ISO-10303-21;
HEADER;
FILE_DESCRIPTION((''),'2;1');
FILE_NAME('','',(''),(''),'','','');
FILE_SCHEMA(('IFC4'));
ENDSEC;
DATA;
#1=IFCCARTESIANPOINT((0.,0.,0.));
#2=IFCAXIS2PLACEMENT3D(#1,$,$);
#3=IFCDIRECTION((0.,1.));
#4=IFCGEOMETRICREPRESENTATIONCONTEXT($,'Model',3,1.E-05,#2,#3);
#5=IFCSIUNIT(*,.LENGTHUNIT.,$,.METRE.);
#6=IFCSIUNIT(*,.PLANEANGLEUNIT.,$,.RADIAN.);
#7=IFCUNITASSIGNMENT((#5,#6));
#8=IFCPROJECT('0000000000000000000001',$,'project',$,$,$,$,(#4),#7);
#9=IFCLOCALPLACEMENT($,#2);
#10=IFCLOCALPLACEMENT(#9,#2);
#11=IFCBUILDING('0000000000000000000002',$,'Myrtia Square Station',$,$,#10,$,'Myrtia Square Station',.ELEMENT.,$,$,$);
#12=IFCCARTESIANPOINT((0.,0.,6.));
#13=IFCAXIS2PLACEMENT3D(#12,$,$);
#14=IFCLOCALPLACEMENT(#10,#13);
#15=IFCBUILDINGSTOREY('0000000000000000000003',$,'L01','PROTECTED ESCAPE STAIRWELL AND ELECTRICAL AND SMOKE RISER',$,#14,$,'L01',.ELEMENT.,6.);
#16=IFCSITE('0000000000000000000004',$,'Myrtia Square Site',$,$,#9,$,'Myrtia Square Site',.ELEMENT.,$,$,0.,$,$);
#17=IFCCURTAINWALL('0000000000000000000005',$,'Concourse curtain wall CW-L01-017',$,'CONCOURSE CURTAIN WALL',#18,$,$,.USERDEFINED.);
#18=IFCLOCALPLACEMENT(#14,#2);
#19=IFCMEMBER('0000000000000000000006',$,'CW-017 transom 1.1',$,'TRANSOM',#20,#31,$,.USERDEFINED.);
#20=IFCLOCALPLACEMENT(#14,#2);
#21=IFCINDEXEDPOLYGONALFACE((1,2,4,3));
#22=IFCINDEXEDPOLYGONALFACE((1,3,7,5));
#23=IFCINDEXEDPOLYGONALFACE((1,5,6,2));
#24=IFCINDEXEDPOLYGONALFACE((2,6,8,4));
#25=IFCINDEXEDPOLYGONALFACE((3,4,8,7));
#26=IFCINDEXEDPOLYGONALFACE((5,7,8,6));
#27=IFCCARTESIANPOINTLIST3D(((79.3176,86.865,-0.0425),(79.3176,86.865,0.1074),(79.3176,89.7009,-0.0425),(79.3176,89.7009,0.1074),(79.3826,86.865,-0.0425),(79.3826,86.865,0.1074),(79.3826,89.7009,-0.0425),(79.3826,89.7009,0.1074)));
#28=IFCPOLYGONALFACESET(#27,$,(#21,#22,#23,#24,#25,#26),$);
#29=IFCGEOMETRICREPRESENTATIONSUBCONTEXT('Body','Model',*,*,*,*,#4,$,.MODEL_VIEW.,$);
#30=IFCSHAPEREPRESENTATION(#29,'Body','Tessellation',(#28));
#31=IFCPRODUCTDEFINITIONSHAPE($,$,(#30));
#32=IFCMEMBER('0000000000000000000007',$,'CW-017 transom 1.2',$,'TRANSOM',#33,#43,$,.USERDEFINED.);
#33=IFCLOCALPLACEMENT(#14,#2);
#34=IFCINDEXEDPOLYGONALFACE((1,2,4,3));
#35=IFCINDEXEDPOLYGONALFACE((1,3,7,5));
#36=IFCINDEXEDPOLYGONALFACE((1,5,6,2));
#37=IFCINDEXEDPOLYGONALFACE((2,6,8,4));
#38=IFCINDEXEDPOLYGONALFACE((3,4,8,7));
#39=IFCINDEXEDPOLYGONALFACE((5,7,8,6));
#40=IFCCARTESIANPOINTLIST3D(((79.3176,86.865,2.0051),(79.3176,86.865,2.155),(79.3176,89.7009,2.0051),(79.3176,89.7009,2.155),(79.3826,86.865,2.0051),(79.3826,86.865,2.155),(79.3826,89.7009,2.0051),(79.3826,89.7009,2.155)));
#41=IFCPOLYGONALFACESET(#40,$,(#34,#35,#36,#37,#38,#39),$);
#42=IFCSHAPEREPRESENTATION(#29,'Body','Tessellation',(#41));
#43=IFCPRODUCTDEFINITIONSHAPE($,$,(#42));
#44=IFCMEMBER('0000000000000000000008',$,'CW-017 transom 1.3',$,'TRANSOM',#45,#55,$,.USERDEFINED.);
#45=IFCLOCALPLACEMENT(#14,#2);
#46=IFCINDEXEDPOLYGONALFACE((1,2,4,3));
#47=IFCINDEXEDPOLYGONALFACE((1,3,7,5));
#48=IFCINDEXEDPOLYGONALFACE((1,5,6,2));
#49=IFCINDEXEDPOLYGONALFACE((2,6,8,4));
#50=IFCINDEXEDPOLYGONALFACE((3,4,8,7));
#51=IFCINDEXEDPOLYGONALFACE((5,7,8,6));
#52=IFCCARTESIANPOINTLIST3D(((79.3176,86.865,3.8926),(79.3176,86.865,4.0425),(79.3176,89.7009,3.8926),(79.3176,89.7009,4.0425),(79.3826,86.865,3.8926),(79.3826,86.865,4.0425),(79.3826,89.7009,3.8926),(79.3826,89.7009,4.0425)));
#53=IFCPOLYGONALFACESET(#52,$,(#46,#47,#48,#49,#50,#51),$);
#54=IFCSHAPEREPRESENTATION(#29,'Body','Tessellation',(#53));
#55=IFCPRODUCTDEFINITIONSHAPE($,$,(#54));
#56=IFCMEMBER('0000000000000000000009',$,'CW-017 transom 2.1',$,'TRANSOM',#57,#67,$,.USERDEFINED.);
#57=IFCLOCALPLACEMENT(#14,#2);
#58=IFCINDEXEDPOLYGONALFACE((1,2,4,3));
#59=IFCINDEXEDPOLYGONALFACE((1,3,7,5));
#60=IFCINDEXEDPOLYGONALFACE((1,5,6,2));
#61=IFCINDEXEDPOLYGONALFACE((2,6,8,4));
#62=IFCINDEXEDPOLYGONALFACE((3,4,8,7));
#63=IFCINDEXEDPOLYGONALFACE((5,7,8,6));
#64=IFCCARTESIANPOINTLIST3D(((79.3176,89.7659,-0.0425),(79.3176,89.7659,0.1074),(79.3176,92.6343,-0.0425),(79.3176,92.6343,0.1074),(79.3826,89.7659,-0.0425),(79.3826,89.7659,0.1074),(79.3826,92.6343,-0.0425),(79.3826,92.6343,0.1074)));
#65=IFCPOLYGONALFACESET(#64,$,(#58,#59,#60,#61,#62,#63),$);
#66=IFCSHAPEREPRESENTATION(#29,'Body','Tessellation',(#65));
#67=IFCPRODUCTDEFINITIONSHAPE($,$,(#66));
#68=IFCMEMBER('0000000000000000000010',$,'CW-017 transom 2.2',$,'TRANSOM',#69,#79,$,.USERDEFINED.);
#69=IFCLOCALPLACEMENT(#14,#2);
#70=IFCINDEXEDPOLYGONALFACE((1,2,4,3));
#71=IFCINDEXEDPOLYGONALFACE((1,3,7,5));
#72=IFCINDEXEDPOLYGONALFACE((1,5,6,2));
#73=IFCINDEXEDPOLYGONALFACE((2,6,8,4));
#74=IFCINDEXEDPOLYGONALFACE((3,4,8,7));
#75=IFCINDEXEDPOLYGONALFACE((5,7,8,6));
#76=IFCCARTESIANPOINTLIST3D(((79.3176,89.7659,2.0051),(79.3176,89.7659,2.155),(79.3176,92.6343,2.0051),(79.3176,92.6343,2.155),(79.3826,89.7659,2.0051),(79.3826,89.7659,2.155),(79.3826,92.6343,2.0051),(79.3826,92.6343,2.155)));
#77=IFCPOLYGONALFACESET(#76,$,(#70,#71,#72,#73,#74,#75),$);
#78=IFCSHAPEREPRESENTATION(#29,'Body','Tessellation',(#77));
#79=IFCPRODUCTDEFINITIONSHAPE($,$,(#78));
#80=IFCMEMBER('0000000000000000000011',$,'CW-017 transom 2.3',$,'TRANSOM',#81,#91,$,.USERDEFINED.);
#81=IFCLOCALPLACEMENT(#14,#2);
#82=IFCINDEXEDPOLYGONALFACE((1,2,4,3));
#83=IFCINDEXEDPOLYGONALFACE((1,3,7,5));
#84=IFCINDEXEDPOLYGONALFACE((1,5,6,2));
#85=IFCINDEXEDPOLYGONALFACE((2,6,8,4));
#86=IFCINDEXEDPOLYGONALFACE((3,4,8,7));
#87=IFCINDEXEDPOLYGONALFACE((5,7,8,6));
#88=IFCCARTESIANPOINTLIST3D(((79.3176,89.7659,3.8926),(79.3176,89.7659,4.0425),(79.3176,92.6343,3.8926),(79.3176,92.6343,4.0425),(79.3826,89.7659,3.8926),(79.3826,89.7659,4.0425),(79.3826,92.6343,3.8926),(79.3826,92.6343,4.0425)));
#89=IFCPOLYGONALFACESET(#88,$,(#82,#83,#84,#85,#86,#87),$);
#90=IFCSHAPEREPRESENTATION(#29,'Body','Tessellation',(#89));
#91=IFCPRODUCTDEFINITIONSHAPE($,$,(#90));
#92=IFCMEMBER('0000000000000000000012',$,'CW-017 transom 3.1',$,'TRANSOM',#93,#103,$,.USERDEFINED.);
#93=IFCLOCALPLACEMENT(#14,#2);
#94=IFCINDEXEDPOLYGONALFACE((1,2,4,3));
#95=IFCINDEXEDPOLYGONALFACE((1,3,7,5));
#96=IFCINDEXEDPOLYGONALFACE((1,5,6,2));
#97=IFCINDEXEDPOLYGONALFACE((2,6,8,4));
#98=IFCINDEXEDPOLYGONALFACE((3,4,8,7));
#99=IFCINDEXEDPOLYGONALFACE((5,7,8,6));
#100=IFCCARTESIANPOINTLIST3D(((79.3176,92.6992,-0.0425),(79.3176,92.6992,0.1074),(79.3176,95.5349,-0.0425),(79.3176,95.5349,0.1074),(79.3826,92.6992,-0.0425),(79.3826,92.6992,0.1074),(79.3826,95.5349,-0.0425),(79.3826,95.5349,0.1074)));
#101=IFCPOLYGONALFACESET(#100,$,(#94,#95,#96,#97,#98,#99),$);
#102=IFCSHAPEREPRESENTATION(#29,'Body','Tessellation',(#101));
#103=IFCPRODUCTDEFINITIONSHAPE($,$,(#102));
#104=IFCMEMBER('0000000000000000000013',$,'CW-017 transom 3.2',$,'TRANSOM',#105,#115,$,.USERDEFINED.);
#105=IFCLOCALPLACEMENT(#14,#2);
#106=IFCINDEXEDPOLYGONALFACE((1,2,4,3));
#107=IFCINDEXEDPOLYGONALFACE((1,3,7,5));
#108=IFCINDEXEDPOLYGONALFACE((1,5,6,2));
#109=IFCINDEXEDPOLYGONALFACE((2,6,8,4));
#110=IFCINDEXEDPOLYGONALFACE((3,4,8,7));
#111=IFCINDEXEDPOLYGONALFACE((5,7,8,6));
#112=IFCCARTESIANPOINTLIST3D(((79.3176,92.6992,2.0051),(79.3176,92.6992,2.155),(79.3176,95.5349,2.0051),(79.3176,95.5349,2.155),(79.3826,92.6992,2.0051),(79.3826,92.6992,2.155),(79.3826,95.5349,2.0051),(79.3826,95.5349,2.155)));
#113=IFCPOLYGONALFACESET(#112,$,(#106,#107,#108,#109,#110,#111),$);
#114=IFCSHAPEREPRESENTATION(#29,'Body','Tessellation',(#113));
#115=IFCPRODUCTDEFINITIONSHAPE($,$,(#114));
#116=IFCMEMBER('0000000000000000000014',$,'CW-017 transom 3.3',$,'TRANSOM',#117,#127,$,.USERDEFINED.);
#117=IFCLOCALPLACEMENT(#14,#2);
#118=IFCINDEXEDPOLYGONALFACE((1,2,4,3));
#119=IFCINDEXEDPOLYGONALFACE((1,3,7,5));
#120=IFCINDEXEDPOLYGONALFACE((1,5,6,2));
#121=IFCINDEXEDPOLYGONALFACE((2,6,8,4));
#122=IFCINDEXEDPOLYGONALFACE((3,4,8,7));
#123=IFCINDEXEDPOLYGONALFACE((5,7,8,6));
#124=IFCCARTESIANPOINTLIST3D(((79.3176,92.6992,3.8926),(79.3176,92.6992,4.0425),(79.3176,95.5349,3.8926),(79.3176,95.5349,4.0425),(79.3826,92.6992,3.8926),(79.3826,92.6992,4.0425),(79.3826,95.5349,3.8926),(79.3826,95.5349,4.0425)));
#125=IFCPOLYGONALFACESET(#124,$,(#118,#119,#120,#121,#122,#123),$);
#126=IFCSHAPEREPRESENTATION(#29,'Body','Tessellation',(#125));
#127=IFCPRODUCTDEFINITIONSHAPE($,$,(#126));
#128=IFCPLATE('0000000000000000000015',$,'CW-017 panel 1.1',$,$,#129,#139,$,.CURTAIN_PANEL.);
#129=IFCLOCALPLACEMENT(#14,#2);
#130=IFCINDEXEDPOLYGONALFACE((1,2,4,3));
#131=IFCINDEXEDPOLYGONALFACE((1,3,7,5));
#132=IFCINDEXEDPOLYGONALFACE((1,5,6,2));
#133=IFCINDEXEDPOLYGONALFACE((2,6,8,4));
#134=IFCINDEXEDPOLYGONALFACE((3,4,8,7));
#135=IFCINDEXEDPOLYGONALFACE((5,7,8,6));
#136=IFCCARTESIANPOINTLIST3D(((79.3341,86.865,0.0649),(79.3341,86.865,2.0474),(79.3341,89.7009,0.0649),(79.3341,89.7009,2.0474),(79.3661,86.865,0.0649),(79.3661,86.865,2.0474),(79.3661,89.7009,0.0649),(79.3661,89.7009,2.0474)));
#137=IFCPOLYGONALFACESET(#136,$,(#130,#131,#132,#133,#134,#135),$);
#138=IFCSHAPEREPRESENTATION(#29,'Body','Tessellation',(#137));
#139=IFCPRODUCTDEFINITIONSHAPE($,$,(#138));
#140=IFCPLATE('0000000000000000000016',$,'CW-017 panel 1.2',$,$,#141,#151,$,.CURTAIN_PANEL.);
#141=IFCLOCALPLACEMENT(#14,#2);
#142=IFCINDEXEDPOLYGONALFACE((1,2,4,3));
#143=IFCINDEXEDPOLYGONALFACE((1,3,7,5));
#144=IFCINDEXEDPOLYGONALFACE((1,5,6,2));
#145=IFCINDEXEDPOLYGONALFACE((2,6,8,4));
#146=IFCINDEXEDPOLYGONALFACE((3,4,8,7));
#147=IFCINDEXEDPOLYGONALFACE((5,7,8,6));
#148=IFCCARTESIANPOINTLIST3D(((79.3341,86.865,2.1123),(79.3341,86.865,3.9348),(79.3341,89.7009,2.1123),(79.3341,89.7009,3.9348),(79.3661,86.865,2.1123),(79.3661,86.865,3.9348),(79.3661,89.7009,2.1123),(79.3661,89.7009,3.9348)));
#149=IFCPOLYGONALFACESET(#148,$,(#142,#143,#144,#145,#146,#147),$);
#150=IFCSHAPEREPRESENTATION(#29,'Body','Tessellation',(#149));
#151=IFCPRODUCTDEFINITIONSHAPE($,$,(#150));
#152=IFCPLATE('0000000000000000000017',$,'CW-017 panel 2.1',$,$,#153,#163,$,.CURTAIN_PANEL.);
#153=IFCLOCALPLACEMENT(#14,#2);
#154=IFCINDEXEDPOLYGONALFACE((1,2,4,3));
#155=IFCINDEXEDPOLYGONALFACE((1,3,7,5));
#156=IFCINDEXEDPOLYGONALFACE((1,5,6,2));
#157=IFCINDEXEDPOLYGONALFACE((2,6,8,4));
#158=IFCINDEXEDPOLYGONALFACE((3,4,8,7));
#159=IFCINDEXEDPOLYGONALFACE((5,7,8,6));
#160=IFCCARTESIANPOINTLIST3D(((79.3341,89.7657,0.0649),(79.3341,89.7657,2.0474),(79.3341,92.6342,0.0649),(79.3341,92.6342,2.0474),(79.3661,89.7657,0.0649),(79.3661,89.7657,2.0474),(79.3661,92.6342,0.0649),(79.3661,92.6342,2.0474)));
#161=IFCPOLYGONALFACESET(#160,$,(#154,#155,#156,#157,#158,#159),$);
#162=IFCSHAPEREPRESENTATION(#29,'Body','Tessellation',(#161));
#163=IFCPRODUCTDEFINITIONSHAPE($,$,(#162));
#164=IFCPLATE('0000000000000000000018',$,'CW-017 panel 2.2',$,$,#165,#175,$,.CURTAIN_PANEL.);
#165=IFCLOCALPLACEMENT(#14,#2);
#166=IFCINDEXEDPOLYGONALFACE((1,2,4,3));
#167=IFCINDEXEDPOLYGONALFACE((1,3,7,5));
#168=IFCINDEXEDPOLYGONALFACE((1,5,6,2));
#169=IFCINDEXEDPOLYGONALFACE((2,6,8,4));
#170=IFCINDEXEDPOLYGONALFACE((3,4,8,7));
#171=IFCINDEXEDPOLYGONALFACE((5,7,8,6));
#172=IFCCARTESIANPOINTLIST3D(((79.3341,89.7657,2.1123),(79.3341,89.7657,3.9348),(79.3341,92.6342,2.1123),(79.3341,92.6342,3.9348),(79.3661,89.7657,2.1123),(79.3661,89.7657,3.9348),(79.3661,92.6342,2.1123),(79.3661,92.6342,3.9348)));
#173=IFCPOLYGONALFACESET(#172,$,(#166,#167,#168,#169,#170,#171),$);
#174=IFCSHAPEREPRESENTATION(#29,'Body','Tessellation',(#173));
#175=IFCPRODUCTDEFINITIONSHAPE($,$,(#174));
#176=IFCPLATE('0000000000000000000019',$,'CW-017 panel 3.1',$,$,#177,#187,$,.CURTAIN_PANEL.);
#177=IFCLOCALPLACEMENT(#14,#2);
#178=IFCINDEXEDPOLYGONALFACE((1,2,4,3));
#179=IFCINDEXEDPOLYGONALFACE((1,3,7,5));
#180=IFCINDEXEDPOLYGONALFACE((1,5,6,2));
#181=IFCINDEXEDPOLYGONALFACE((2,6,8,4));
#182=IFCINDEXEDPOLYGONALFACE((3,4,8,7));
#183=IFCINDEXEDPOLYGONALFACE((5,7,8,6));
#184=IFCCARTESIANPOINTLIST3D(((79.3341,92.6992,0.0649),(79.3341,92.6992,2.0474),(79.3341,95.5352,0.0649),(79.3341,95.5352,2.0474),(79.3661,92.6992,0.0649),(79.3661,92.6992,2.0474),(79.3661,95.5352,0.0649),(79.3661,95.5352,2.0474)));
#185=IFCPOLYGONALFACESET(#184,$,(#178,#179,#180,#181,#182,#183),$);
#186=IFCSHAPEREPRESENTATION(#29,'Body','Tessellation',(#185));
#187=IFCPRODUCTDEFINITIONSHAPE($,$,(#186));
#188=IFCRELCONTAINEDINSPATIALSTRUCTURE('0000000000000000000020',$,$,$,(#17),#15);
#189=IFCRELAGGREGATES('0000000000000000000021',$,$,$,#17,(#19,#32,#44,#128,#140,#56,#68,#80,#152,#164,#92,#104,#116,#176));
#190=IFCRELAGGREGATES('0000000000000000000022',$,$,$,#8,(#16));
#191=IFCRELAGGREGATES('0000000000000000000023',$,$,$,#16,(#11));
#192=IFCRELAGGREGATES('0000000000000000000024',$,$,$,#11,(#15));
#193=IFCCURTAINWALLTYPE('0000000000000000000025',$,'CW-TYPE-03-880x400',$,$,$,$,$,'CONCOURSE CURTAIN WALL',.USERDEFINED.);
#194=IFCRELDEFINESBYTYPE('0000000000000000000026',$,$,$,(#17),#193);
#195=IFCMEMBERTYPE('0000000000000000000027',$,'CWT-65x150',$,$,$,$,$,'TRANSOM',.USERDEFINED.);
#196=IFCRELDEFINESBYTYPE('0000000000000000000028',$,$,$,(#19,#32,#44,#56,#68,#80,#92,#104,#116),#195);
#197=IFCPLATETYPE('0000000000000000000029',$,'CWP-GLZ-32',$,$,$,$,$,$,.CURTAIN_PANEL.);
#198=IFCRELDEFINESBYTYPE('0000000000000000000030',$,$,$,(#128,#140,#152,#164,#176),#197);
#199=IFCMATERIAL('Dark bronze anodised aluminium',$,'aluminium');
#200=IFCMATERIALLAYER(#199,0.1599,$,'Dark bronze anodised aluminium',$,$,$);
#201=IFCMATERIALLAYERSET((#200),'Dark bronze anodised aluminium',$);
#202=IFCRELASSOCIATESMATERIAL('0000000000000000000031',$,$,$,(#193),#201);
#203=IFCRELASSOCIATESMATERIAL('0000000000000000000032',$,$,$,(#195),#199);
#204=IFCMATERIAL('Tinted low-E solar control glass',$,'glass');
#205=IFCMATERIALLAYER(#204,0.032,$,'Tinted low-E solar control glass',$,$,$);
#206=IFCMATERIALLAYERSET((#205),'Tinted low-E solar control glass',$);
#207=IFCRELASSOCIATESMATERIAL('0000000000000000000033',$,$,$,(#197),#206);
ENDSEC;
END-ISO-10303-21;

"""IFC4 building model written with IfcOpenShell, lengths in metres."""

from ifc_helpers import new_model, si_unit, direction, frame, origin, origin_2d, place, context, subcontext, project, spatial, rectangle, extrude, material, layer, layer_set, material_profile, profile_set, type_object, element, aggregate, save


model = new_model("IFC4")

# Units and contexts
model_context = context("Model", 3, precision=1e-05, world=origin(), true_north=direction((0.0, 1.0)))
body_context = subcontext(model_context, "Body", "Model", "MODEL_VIEW")
ifc_project = project(units=[si_unit("LENGTHUNIT", "METRE"), si_unit("PLANEANGLEUNIT", "RADIAN")], contexts=[model_context])

# Site, building, storey
site_placement = place(None, origin())
site = spatial("IfcSite", under=ifc_project, at=site_placement, Name="Myrtia Square Site", LongName="Myrtia Square Site", CompositionType="ELEMENT", RefElevation=0.0)
building_placement = place(site_placement, origin())
building = spatial("IfcBuilding", under=site, at=building_placement, Name="Myrtia Square Station", LongName="Myrtia Square Station", CompositionType="ELEMENT")
storey_placement = place(building_placement, frame((0.0, 0.0, 6.0)))
storey = spatial("IfcBuildingStorey", under=building, at=storey_placement, Name="L01", Description="PROTECTED ESCAPE STAIRWELL AND ELECTRICAL AND SMOKE RISER", LongName="L01", CompositionType="ELEMENT", Elevation=6.0)

# Curtain wall, members, plates
ifc_material_1 = material(Name="Dark bronze anodised aluminium", Category="aluminium")
ifc_layer_1 = layer(ifc_material_1, 0.1599, Name="Dark bronze anodised aluminium")
ifc_layer_set_1 = layer_set([ifc_layer_1], Name="Dark bronze anodised aluminium")
curtain_wall_type = type_object("IfcCurtainWallType", Name="CW-TYPE-03-880x400", ElementType="CONCOURSE CURTAIN WALL", PredefinedType="USERDEFINED", material=ifc_layer_set_1)
curtain_wall_placement = place(storey_placement, origin())
curtain_wall = element("IfcCurtainWall", 1, at=curtain_wall_placement, inside=storey, type_object=curtain_wall_type, Name="Concourse curtain wall CW-L01-017", ObjectType="CONCOURSE CURTAIN WALL", PredefinedType="USERDEFINED")
ifc_material_profile_1 = material_profile(ifc_material_1, rectangle(XDim=0.0649, YDim=0.1499, at=origin_2d()), Name="ALU-T 65x150")
ifc_profile_set_1 = profile_set([ifc_material_profile_1], Name="Dark bronze anodised aluminium")
member_type_1 = type_object("IfcMemberType", Name="CWT-65x150", ElementType="TRANSOM", PredefinedType="USERDEFINED", material=ifc_profile_set_1)
member_1_placement = place(storey_placement, frame((79.3501, 86.865, 0.0325), z_axis=(0.0, 1.0, 0.0), x_axis=(-1.0, 0.0, 0.0)))
member_1 = element("IfcMember", 2, at=member_1_placement, type_object=member_type_1, Name="CW-017 transom 1.1", ObjectType="TRANSOM", PredefinedType="USERDEFINED", context=body_context, shape_type="SweptSolid", body=[
    extrude(rectangle(XDim=0.0649, YDim=0.1499, at=origin_2d()), origin(), (0.0, 0.0, 1.0), 2.8359),
])
member_2_placement = place(storey_placement, frame((79.3501, 86.865, 2.0801), z_axis=(0.0, 1.0, 0.0), x_axis=(-1.0, 0.0, 0.0)))
member_2 = element("IfcMember", 3, at=member_2_placement, type_object=member_type_1, Name="CW-017 transom 1.2", ObjectType="TRANSOM", PredefinedType="USERDEFINED", context=body_context, shape_type="SweptSolid", body=[
    extrude(rectangle(XDim=0.0649, YDim=0.1499, at=origin_2d()), origin(), (0.0, 0.0, 1.0), 2.8359),
])
member_3_placement = place(storey_placement, frame((79.3501, 86.865, 3.9675), z_axis=(0.0, 1.0, 0.0), x_axis=(-1.0, 0.0, 0.0)))
member_3 = element("IfcMember", 4, at=member_3_placement, type_object=member_type_1, Name="CW-017 transom 1.3", ObjectType="TRANSOM", PredefinedType="USERDEFINED", context=body_context, shape_type="SweptSolid", body=[
    extrude(rectangle(XDim=0.0649, YDim=0.1499, at=origin_2d()), origin(), (0.0, 0.0, 1.0), 2.8359),
])
member_4_placement = place(storey_placement, frame((79.3501, 89.7659, 0.0325), z_axis=(0.0, 1.0, 0.0), x_axis=(-1.0, 0.0, 0.0)))
member_4 = element("IfcMember", 5, at=member_4_placement, type_object=member_type_1, Name="CW-017 transom 2.1", ObjectType="TRANSOM", PredefinedType="USERDEFINED", context=body_context, shape_type="SweptSolid", body=[
    extrude(rectangle(XDim=0.0649, YDim=0.1499, at=origin_2d()), origin(), (0.0, 0.0, 1.0), 2.8684),
])
member_5_placement = place(storey_placement, frame((79.3501, 89.7659, 2.0801), z_axis=(0.0, 1.0, 0.0), x_axis=(-1.0, 0.0, 0.0)))
member_5 = element("IfcMember", 6, at=member_5_placement, type_object=member_type_1, Name="CW-017 transom 2.2", ObjectType="TRANSOM", PredefinedType="USERDEFINED", context=body_context, shape_type="SweptSolid", body=[
    extrude(rectangle(XDim=0.0649, YDim=0.1499, at=origin_2d()), origin(), (0.0, 0.0, 1.0), 2.8684),
])
member_6_placement = place(storey_placement, frame((79.3501, 89.7659, 3.9675), z_axis=(0.0, 1.0, 0.0), x_axis=(-1.0, 0.0, 0.0)))
member_6 = element("IfcMember", 7, at=member_6_placement, type_object=member_type_1, Name="CW-017 transom 2.3", ObjectType="TRANSOM", PredefinedType="USERDEFINED", context=body_context, shape_type="SweptSolid", body=[
    extrude(rectangle(XDim=0.0649, YDim=0.1499, at=origin_2d()), origin(), (0.0, 0.0, 1.0), 2.8684),
])
member_7_placement = place(storey_placement, frame((79.3501, 92.6992, 0.0325), z_axis=(0.0, 1.0, 0.0), x_axis=(-1.0, 0.0, 0.0)))
member_7 = element("IfcMember", 8, at=member_7_placement, type_object=member_type_1, Name="CW-017 transom 3.1", ObjectType="TRANSOM", PredefinedType="USERDEFINED", context=body_context, shape_type="SweptSolid", body=[
    extrude(rectangle(XDim=0.0649, YDim=0.1499, at=origin_2d()), origin(), (0.0, 0.0, 1.0), 2.8357),
])
member_8_placement = place(storey_placement, frame((79.3501, 92.6992, 2.0801), z_axis=(0.0, 1.0, 0.0), x_axis=(-1.0, 0.0, 0.0)))
member_8 = element("IfcMember", 9, at=member_8_placement, type_object=member_type_1, Name="CW-017 transom 3.2", ObjectType="TRANSOM", PredefinedType="USERDEFINED", context=body_context, shape_type="SweptSolid", body=[
    extrude(rectangle(XDim=0.0649, YDim=0.1499, at=origin_2d()), origin(), (0.0, 0.0, 1.0), 2.8357),
])
member_9_placement = place(storey_placement, frame((79.3501, 92.6992, 3.9675), z_axis=(0.0, 1.0, 0.0), x_axis=(-1.0, 0.0, 0.0)))
member_9 = element("IfcMember", 10, at=member_9_placement, type_object=member_type_1, Name="CW-017 transom 3.3", ObjectType="TRANSOM", PredefinedType="USERDEFINED", context=body_context, shape_type="SweptSolid", body=[
    extrude(rectangle(XDim=0.0649, YDim=0.1499, at=origin_2d()), origin(), (0.0, 0.0, 1.0), 2.8357),
])
ifc_material_2 = material(Name="Tinted low-E solar control glass", Category="glass")
ifc_layer_2 = layer(ifc_material_2, 0.032, Name="Tinted low-E solar control glass")
ifc_layer_set_2 = layer_set([ifc_layer_2], Name="Tinted low-E solar control glass")
plate_type = type_object("IfcPlateType", Name="CWP-GLZ-32", PredefinedType="CURTAIN_PANEL", material=ifc_layer_set_2)
plate_1_placement = place(storey_placement, frame((79.3501, 88.283, 0.0649), z_axis=(0.0, 0.0, 1.0), x_axis=(0.0, 1.0, 0.0)))
plate_1 = element("IfcPlate", 11, at=plate_1_placement, type_object=plate_type, Name="CW-017 panel 1.1", PredefinedType="CURTAIN_PANEL", context=body_context, shape_type="SweptSolid", body=[
    extrude(rectangle(XDim=2.8359, YDim=0.032, at=origin_2d()), origin(), (0.0, 0.0, 1.0), 1.9824),
])
plate_2_placement = place(storey_placement, frame((79.3501, 88.283, 2.1123), z_axis=(0.0, 0.0, 1.0), x_axis=(0.0, 1.0, 0.0)))
plate_2 = element("IfcPlate", 12, at=plate_2_placement, type_object=plate_type, Name="CW-017 panel 1.2", PredefinedType="CURTAIN_PANEL", context=body_context, shape_type="SweptSolid", body=[
    extrude(rectangle(XDim=2.8359, YDim=0.032, at=origin_2d()), origin(), (0.0, 0.0, 1.0), 1.8225),
])
plate_3_placement = place(storey_placement, frame((79.3501, 91.2, 0.0649), z_axis=(0.0, 0.0, 1.0), x_axis=(0.0, 1.0, 0.0)))
plate_3 = element("IfcPlate", 13, at=plate_3_placement, type_object=plate_type, Name="CW-017 panel 2.1", PredefinedType="CURTAIN_PANEL", context=body_context, shape_type="SweptSolid", body=[
    extrude(rectangle(XDim=2.8684, YDim=0.032, at=origin_2d()), origin(), (0.0, 0.0, 1.0), 1.9824),
])
plate_4_placement = place(storey_placement, frame((79.3501, 91.2, 2.1123), z_axis=(0.0, 0.0, 1.0), x_axis=(0.0, 1.0, 0.0)))
plate_4 = element("IfcPlate", 14, at=plate_4_placement, type_object=plate_type, Name="CW-017 panel 2.2", PredefinedType="CURTAIN_PANEL", context=body_context, shape_type="SweptSolid", body=[
    extrude(rectangle(XDim=2.8684, YDim=0.032, at=origin_2d()), origin(), (0.0, 0.0, 1.0), 1.8225),
])
plate_5_placement = place(storey_placement, frame((79.3501, 94.1172, 0.0649), z_axis=(0.0, 0.0, 1.0), x_axis=(0.0, 1.0, 0.0)))
plate_5 = element("IfcPlate", 15, at=plate_5_placement, type_object=plate_type, Name="CW-017 panel 3.1", PredefinedType="CURTAIN_PANEL", context=body_context, shape_type="SweptSolid", body=[
    extrude(rectangle(XDim=2.8359, YDim=0.032, at=origin_2d()), origin(), (0.0, 0.0, 1.0), 1.9824),
])
aggregate(curtain_wall, [member_1, member_2, member_3, plate_1, plate_2, member_4, member_5, member_6, plate_3, plate_4, member_7, member_8, member_9, plate_5])

save(model, "model.ifc")
